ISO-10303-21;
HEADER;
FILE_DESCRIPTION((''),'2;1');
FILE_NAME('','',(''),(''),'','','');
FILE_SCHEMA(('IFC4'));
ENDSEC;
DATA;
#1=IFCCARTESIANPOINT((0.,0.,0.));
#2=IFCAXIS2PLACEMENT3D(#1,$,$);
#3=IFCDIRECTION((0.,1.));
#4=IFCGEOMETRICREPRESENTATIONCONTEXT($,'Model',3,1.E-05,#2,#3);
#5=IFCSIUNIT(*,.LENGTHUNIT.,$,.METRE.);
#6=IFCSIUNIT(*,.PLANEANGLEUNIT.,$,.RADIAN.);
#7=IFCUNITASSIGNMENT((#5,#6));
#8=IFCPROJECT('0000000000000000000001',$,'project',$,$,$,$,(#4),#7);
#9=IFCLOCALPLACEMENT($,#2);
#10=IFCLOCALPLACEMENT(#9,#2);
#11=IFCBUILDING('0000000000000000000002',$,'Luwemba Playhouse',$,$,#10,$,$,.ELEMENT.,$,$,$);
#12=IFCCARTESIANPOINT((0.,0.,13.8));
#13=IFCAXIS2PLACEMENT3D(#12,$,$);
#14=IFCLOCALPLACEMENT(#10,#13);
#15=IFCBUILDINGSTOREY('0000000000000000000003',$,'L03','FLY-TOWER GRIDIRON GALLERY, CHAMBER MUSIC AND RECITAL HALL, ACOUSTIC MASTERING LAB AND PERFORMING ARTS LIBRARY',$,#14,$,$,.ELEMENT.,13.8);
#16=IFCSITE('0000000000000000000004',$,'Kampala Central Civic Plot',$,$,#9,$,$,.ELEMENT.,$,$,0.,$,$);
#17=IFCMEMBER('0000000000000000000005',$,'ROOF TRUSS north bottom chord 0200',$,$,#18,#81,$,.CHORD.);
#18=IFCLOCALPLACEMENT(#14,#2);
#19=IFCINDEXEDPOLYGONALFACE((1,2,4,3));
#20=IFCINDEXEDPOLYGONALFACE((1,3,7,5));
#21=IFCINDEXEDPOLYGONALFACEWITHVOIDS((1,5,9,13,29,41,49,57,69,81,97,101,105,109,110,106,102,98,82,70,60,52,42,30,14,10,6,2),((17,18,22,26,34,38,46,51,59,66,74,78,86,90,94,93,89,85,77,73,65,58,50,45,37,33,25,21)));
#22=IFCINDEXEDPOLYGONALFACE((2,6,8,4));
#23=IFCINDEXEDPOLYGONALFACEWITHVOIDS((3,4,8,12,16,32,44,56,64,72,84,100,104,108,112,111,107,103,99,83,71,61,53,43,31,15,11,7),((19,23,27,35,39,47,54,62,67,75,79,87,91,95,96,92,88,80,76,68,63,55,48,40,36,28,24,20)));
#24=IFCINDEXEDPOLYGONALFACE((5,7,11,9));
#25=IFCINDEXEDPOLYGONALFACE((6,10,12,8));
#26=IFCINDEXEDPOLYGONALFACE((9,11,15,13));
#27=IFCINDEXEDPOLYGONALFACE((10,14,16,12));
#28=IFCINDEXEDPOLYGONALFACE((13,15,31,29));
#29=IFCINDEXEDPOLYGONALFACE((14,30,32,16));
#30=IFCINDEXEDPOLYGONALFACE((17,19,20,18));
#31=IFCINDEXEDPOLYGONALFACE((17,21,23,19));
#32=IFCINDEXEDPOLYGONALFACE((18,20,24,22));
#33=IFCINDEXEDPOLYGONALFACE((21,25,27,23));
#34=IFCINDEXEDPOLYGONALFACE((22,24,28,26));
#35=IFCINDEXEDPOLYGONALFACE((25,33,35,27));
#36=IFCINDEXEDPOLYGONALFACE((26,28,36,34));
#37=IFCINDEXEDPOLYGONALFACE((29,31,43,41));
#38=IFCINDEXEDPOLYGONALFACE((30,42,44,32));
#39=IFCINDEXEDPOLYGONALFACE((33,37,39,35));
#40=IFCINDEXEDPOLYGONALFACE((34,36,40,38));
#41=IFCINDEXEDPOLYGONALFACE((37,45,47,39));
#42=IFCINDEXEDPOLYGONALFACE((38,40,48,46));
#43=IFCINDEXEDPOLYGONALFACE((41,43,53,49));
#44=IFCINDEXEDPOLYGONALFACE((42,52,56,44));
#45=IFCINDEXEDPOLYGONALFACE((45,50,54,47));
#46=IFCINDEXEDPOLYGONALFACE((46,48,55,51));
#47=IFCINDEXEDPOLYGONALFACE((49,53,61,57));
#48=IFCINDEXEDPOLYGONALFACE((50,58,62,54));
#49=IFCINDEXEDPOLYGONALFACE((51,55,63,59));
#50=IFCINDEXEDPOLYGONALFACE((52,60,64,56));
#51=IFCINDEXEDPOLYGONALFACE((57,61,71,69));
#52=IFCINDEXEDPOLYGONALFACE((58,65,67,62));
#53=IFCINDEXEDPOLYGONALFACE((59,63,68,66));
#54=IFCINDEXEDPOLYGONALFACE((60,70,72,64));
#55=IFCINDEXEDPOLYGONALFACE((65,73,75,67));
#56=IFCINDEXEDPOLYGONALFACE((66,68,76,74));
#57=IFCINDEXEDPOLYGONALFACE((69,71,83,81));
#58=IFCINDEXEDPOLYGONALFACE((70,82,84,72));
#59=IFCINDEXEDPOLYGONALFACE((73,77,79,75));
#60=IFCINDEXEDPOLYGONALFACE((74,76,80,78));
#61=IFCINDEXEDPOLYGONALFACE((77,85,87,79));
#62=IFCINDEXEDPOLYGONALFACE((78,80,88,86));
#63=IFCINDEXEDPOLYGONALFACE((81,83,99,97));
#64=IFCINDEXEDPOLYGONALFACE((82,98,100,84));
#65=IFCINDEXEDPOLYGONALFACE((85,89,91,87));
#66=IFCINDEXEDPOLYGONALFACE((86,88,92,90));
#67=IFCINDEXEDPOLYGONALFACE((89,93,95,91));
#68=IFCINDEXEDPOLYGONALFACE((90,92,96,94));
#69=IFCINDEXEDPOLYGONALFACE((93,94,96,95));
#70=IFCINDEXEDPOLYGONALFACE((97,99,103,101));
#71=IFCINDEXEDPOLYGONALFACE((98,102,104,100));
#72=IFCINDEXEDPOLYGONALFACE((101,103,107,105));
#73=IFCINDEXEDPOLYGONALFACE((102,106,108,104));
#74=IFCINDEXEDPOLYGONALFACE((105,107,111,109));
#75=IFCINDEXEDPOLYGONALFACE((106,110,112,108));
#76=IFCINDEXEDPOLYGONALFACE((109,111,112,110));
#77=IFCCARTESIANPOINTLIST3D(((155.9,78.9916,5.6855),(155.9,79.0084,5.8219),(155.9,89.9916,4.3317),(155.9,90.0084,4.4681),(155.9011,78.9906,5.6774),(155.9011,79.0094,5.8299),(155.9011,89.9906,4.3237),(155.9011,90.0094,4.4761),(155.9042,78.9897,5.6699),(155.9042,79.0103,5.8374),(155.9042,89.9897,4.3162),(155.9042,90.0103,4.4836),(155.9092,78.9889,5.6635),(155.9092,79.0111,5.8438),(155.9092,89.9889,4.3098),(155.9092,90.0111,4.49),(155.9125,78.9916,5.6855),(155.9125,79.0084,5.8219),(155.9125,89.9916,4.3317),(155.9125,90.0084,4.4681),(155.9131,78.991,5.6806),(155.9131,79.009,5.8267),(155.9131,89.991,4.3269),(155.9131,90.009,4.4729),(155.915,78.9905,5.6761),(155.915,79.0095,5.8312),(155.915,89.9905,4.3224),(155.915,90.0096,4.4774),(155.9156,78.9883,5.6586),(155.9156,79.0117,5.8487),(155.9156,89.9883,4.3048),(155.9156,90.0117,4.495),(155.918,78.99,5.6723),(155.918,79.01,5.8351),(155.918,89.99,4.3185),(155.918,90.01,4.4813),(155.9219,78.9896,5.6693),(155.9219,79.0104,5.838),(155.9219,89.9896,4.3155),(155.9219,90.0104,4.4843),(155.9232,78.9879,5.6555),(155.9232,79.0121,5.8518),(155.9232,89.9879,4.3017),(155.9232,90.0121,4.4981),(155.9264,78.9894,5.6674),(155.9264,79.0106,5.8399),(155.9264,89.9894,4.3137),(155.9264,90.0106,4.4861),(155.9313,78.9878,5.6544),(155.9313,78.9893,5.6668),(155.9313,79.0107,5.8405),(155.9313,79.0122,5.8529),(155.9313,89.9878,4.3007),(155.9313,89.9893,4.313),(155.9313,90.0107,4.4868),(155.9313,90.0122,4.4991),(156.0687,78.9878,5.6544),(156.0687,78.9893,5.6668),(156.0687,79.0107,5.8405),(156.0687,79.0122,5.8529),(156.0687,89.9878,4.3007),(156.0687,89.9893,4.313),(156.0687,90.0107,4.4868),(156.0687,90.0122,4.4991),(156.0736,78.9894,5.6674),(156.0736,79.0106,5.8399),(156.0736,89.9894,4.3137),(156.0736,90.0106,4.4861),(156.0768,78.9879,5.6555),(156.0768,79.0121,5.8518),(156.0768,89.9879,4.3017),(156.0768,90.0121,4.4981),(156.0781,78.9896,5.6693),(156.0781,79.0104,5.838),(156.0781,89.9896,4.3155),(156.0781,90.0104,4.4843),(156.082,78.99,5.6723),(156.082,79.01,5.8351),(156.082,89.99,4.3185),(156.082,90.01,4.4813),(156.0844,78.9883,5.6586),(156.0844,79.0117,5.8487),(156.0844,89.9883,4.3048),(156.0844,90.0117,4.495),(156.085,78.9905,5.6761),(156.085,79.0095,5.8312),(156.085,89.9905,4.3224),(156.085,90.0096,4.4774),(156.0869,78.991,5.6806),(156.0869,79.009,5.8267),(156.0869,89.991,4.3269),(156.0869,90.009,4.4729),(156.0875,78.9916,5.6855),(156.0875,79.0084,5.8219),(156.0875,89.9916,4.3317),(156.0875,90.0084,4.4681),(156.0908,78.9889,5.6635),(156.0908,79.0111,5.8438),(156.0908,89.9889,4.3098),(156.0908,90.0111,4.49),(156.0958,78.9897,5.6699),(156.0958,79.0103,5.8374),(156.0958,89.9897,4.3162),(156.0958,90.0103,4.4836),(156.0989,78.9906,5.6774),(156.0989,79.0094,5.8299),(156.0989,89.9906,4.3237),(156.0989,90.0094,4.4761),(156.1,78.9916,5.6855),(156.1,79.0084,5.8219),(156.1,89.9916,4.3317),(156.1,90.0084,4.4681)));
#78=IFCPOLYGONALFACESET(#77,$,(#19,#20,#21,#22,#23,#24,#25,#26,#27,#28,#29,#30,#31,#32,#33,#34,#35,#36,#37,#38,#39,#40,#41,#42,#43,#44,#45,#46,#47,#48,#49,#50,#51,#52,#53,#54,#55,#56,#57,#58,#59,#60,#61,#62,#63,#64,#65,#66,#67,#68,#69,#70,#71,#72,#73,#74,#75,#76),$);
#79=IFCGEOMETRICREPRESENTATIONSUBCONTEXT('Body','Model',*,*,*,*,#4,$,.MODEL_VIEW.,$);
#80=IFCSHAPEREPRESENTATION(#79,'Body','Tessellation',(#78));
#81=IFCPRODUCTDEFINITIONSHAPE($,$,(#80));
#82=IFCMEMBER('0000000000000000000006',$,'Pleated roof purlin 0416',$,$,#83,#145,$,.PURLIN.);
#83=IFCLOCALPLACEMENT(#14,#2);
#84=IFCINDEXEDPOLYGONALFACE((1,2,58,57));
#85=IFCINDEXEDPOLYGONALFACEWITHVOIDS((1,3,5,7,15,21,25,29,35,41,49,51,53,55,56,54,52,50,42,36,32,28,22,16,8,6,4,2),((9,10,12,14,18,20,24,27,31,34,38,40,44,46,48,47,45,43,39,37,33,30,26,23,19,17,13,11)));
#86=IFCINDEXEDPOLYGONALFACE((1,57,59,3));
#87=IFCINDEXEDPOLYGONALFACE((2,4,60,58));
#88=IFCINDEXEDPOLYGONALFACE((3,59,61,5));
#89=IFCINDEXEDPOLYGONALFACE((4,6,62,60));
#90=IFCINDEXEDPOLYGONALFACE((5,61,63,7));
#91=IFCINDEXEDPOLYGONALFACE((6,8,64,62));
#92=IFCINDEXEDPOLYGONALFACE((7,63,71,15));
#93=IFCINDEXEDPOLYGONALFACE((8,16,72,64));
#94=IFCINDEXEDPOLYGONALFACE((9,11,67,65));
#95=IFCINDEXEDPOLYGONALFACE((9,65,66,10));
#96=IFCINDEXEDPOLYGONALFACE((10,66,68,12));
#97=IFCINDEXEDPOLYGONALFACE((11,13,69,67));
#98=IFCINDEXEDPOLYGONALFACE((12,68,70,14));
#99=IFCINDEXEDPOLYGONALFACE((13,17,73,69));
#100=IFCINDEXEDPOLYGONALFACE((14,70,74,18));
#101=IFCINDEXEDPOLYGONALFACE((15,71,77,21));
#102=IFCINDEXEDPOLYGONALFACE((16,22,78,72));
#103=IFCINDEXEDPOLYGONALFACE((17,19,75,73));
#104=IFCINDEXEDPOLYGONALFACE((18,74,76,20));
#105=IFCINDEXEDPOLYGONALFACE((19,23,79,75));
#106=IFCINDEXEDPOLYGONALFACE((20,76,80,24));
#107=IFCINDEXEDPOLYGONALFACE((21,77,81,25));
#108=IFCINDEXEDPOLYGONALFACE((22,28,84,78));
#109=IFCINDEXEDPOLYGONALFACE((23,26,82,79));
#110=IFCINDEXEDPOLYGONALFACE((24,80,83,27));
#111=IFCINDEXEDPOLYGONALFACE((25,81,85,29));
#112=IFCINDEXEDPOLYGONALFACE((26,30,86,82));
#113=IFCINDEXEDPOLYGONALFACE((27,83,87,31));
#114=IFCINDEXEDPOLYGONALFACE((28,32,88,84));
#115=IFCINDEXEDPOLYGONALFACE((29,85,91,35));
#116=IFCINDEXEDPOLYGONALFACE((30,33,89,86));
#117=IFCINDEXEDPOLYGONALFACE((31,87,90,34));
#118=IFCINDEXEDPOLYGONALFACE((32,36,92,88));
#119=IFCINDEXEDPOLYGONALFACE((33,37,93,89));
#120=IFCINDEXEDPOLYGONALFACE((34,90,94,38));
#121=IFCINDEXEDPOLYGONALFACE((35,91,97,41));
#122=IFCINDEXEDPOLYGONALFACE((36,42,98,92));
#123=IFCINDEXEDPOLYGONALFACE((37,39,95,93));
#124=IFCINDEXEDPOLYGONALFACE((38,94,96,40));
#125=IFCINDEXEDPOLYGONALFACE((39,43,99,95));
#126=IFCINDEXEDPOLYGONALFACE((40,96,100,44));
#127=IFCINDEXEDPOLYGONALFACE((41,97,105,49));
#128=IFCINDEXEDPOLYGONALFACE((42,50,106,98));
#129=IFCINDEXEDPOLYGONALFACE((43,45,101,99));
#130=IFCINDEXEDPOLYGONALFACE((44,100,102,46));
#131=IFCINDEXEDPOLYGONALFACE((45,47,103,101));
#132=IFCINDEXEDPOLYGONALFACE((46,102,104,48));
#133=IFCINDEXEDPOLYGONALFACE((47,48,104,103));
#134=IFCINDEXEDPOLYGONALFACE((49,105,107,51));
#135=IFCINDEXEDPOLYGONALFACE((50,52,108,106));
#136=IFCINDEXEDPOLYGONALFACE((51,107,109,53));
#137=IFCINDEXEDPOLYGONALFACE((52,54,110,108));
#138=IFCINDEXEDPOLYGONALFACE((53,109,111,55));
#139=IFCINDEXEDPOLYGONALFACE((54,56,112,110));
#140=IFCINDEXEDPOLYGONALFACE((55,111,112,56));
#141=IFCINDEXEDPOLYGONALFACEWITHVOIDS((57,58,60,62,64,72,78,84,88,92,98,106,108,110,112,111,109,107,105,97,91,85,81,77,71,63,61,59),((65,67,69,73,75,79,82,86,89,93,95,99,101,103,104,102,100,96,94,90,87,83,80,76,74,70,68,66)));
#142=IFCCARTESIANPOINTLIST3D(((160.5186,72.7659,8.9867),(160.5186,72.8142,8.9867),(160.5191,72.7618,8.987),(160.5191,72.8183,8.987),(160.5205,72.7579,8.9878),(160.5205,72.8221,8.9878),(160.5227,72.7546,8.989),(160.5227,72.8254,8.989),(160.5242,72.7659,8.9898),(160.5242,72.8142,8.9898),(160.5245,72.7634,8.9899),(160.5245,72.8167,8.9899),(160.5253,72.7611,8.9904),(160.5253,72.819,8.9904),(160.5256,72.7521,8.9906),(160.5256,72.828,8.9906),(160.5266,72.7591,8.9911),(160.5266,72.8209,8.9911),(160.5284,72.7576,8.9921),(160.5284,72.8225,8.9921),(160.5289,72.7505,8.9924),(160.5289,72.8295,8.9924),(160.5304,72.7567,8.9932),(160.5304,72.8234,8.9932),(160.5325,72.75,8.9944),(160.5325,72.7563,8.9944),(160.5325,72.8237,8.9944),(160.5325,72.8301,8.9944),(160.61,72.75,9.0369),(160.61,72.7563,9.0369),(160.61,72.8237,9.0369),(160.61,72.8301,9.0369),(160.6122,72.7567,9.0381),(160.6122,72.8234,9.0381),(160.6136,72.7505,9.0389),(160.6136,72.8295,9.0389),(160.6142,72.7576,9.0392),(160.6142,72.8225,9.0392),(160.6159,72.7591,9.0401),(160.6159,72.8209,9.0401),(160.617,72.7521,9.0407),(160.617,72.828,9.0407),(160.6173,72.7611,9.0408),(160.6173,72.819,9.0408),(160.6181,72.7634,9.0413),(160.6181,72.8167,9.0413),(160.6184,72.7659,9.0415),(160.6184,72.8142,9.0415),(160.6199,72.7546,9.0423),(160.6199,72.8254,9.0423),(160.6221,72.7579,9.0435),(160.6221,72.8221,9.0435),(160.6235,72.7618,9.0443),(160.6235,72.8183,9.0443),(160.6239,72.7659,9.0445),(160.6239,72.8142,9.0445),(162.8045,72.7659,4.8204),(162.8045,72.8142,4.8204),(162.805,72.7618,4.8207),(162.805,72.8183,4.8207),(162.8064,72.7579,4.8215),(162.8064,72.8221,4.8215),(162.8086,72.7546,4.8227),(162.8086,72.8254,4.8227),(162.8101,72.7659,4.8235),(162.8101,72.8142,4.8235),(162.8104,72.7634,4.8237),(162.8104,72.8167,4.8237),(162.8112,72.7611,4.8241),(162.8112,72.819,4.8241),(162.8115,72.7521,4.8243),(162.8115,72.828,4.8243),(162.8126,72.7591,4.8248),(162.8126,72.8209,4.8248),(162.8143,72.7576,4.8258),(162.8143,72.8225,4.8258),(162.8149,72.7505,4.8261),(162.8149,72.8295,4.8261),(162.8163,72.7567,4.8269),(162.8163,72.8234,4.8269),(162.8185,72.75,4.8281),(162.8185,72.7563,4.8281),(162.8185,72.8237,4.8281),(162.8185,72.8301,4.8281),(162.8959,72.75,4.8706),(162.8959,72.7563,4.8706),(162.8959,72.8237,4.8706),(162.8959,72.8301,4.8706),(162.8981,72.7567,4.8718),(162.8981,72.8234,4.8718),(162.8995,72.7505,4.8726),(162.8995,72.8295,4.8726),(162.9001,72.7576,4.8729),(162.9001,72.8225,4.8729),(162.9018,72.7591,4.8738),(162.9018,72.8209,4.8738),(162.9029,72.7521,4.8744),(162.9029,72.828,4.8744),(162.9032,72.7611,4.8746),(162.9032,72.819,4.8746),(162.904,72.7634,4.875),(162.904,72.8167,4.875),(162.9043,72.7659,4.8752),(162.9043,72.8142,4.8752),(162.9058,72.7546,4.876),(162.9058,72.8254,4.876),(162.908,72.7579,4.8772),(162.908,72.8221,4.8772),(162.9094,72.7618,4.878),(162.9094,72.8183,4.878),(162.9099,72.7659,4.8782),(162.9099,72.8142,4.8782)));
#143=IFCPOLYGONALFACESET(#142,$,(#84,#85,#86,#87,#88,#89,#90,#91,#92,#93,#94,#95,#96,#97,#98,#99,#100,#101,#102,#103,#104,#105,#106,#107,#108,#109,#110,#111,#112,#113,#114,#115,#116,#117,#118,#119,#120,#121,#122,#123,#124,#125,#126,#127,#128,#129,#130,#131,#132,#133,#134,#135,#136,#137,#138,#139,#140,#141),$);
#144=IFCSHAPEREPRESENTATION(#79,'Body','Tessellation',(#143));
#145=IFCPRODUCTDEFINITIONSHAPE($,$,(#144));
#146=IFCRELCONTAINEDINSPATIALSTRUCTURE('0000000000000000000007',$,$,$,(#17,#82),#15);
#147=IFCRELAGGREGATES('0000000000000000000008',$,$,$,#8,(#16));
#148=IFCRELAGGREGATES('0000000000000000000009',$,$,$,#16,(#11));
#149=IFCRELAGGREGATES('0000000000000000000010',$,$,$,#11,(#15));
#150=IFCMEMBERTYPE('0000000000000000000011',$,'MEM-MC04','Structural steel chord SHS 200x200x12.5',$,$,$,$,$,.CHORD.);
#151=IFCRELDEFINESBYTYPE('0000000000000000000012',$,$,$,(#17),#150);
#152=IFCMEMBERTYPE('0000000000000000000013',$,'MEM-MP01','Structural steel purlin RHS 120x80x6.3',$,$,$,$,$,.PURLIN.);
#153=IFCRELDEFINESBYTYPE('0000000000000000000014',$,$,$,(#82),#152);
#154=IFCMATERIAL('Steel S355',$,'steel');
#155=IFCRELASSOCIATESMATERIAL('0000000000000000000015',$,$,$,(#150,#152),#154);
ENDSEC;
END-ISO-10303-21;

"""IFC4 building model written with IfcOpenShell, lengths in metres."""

from ifc_helpers import new_model, si_unit, direction, frame, origin, origin_2d, place, context, subcontext, project, spatial, hollow_rectangle, extrude, material, material_profile, profile_set, type_object, element, save


model = new_model("IFC4")

# Units and contexts
model_context = context("Model", 3, precision=1e-05, world=origin(), true_north=direction((0.0, 1.0)))
body_context = subcontext(model_context, "Body", "Model", "MODEL_VIEW")
ifc_project = project(units=[si_unit("LENGTHUNIT", "METRE"), si_unit("PLANEANGLEUNIT", "RADIAN")], contexts=[model_context])

# Site, building, storey
site_placement = place(None, origin())
site = spatial("IfcSite", under=ifc_project, at=site_placement, Name="Kampala Central Civic Plot", CompositionType="ELEMENT", RefElevation=0.0)
building_placement = place(site_placement, origin())
building = spatial("IfcBuilding", under=site, at=building_placement, Name="Luwemba Playhouse", CompositionType="ELEMENT")
storey_placement = place(building_placement, frame((0.0, 0.0, 13.8)))
storey = spatial("IfcBuildingStorey", under=building, at=storey_placement, Name="L03", Description="FLY-TOWER GRIDIRON GALLERY, CHAMBER MUSIC AND RECITAL HALL, ACOUSTIC MASTERING LAB AND PERFORMING ARTS LIBRARY", CompositionType="ELEMENT", Elevation=13.8)

# Shared definitions
ifc_material_1 = material(Name="Steel S355", Category="steel")

# Members
ifc_material_profile_1 = material_profile(ifc_material_1, hollow_rectangle(XDim=0.2, YDim=0.2, WallThickness=0.0125, InnerFilletRadius=0.0188, OuterFilletRadius=0.0312, at=origin_2d()))
ifc_profile_set_1 = profile_set([ifc_material_profile_1], Name="Steel S355")
member_type_1 = type_object("IfcMemberType", Name="MEM-MC04", Description="Structural steel chord SHS 200x200x12.5", PredefinedType="CHORD", material=ifc_profile_set_1)
member_1_placement = place(storey_placement, frame((156.0, 79.0, 5.7537), z_axis=(0.0, 0.992512, -0.122148), x_axis=(-1.0, 0.0, 0.0)))
element("IfcMember", 1, at=member_1_placement, inside=storey, type_object=member_type_1, Name="ROOF TRUSS north bottom chord 0200", PredefinedType="CHORD", context=body_context, shape_type="SweptSolid", body=[
    extrude(hollow_rectangle(XDim=0.2, YDim=0.2, WallThickness=0.0125, InnerFilletRadius=0.0188, OuterFilletRadius=0.0312, at=origin_2d()), origin(), (0.0, 0.0, 1.0), 11.083),
])
ifc_material_profile_2 = material_profile(ifc_material_1, hollow_rectangle(XDim=0.0801, YDim=0.1201, WallThickness=0.0063, InnerFilletRadius=0.0095, OuterFilletRadius=0.0159, at=origin_2d()))
ifc_profile_set_2 = profile_set([ifc_material_profile_2], Name="Steel S355")
member_type_2 = type_object("IfcMemberType", Name="MEM-MP01", Description="Structural steel purlin RHS 120x80x6.3", PredefinedType="PURLIN", material=ifc_profile_set_2)
member_2_placement = place(storey_placement, frame((160.5713, 72.79, 9.0156), z_axis=(0.481021, 0.0, -0.876709), x_axis=(0.0, 1.0, 0.0)))
element("IfcMember", 2, at=member_2_placement, inside=storey, type_object=member_type_2, Name="Pleated roof purlin 0416", PredefinedType="PURLIN", context=body_context, shape_type="SweptSolid", body=[
    extrude(hollow_rectangle(XDim=0.0801, YDim=0.1201, WallThickness=0.0063, InnerFilletRadius=0.0095, OuterFilletRadius=0.0159, at=origin_2d()), origin(), (0.0, 0.0, 1.0), 4.7522),
])

save(model, "model.ifc")
